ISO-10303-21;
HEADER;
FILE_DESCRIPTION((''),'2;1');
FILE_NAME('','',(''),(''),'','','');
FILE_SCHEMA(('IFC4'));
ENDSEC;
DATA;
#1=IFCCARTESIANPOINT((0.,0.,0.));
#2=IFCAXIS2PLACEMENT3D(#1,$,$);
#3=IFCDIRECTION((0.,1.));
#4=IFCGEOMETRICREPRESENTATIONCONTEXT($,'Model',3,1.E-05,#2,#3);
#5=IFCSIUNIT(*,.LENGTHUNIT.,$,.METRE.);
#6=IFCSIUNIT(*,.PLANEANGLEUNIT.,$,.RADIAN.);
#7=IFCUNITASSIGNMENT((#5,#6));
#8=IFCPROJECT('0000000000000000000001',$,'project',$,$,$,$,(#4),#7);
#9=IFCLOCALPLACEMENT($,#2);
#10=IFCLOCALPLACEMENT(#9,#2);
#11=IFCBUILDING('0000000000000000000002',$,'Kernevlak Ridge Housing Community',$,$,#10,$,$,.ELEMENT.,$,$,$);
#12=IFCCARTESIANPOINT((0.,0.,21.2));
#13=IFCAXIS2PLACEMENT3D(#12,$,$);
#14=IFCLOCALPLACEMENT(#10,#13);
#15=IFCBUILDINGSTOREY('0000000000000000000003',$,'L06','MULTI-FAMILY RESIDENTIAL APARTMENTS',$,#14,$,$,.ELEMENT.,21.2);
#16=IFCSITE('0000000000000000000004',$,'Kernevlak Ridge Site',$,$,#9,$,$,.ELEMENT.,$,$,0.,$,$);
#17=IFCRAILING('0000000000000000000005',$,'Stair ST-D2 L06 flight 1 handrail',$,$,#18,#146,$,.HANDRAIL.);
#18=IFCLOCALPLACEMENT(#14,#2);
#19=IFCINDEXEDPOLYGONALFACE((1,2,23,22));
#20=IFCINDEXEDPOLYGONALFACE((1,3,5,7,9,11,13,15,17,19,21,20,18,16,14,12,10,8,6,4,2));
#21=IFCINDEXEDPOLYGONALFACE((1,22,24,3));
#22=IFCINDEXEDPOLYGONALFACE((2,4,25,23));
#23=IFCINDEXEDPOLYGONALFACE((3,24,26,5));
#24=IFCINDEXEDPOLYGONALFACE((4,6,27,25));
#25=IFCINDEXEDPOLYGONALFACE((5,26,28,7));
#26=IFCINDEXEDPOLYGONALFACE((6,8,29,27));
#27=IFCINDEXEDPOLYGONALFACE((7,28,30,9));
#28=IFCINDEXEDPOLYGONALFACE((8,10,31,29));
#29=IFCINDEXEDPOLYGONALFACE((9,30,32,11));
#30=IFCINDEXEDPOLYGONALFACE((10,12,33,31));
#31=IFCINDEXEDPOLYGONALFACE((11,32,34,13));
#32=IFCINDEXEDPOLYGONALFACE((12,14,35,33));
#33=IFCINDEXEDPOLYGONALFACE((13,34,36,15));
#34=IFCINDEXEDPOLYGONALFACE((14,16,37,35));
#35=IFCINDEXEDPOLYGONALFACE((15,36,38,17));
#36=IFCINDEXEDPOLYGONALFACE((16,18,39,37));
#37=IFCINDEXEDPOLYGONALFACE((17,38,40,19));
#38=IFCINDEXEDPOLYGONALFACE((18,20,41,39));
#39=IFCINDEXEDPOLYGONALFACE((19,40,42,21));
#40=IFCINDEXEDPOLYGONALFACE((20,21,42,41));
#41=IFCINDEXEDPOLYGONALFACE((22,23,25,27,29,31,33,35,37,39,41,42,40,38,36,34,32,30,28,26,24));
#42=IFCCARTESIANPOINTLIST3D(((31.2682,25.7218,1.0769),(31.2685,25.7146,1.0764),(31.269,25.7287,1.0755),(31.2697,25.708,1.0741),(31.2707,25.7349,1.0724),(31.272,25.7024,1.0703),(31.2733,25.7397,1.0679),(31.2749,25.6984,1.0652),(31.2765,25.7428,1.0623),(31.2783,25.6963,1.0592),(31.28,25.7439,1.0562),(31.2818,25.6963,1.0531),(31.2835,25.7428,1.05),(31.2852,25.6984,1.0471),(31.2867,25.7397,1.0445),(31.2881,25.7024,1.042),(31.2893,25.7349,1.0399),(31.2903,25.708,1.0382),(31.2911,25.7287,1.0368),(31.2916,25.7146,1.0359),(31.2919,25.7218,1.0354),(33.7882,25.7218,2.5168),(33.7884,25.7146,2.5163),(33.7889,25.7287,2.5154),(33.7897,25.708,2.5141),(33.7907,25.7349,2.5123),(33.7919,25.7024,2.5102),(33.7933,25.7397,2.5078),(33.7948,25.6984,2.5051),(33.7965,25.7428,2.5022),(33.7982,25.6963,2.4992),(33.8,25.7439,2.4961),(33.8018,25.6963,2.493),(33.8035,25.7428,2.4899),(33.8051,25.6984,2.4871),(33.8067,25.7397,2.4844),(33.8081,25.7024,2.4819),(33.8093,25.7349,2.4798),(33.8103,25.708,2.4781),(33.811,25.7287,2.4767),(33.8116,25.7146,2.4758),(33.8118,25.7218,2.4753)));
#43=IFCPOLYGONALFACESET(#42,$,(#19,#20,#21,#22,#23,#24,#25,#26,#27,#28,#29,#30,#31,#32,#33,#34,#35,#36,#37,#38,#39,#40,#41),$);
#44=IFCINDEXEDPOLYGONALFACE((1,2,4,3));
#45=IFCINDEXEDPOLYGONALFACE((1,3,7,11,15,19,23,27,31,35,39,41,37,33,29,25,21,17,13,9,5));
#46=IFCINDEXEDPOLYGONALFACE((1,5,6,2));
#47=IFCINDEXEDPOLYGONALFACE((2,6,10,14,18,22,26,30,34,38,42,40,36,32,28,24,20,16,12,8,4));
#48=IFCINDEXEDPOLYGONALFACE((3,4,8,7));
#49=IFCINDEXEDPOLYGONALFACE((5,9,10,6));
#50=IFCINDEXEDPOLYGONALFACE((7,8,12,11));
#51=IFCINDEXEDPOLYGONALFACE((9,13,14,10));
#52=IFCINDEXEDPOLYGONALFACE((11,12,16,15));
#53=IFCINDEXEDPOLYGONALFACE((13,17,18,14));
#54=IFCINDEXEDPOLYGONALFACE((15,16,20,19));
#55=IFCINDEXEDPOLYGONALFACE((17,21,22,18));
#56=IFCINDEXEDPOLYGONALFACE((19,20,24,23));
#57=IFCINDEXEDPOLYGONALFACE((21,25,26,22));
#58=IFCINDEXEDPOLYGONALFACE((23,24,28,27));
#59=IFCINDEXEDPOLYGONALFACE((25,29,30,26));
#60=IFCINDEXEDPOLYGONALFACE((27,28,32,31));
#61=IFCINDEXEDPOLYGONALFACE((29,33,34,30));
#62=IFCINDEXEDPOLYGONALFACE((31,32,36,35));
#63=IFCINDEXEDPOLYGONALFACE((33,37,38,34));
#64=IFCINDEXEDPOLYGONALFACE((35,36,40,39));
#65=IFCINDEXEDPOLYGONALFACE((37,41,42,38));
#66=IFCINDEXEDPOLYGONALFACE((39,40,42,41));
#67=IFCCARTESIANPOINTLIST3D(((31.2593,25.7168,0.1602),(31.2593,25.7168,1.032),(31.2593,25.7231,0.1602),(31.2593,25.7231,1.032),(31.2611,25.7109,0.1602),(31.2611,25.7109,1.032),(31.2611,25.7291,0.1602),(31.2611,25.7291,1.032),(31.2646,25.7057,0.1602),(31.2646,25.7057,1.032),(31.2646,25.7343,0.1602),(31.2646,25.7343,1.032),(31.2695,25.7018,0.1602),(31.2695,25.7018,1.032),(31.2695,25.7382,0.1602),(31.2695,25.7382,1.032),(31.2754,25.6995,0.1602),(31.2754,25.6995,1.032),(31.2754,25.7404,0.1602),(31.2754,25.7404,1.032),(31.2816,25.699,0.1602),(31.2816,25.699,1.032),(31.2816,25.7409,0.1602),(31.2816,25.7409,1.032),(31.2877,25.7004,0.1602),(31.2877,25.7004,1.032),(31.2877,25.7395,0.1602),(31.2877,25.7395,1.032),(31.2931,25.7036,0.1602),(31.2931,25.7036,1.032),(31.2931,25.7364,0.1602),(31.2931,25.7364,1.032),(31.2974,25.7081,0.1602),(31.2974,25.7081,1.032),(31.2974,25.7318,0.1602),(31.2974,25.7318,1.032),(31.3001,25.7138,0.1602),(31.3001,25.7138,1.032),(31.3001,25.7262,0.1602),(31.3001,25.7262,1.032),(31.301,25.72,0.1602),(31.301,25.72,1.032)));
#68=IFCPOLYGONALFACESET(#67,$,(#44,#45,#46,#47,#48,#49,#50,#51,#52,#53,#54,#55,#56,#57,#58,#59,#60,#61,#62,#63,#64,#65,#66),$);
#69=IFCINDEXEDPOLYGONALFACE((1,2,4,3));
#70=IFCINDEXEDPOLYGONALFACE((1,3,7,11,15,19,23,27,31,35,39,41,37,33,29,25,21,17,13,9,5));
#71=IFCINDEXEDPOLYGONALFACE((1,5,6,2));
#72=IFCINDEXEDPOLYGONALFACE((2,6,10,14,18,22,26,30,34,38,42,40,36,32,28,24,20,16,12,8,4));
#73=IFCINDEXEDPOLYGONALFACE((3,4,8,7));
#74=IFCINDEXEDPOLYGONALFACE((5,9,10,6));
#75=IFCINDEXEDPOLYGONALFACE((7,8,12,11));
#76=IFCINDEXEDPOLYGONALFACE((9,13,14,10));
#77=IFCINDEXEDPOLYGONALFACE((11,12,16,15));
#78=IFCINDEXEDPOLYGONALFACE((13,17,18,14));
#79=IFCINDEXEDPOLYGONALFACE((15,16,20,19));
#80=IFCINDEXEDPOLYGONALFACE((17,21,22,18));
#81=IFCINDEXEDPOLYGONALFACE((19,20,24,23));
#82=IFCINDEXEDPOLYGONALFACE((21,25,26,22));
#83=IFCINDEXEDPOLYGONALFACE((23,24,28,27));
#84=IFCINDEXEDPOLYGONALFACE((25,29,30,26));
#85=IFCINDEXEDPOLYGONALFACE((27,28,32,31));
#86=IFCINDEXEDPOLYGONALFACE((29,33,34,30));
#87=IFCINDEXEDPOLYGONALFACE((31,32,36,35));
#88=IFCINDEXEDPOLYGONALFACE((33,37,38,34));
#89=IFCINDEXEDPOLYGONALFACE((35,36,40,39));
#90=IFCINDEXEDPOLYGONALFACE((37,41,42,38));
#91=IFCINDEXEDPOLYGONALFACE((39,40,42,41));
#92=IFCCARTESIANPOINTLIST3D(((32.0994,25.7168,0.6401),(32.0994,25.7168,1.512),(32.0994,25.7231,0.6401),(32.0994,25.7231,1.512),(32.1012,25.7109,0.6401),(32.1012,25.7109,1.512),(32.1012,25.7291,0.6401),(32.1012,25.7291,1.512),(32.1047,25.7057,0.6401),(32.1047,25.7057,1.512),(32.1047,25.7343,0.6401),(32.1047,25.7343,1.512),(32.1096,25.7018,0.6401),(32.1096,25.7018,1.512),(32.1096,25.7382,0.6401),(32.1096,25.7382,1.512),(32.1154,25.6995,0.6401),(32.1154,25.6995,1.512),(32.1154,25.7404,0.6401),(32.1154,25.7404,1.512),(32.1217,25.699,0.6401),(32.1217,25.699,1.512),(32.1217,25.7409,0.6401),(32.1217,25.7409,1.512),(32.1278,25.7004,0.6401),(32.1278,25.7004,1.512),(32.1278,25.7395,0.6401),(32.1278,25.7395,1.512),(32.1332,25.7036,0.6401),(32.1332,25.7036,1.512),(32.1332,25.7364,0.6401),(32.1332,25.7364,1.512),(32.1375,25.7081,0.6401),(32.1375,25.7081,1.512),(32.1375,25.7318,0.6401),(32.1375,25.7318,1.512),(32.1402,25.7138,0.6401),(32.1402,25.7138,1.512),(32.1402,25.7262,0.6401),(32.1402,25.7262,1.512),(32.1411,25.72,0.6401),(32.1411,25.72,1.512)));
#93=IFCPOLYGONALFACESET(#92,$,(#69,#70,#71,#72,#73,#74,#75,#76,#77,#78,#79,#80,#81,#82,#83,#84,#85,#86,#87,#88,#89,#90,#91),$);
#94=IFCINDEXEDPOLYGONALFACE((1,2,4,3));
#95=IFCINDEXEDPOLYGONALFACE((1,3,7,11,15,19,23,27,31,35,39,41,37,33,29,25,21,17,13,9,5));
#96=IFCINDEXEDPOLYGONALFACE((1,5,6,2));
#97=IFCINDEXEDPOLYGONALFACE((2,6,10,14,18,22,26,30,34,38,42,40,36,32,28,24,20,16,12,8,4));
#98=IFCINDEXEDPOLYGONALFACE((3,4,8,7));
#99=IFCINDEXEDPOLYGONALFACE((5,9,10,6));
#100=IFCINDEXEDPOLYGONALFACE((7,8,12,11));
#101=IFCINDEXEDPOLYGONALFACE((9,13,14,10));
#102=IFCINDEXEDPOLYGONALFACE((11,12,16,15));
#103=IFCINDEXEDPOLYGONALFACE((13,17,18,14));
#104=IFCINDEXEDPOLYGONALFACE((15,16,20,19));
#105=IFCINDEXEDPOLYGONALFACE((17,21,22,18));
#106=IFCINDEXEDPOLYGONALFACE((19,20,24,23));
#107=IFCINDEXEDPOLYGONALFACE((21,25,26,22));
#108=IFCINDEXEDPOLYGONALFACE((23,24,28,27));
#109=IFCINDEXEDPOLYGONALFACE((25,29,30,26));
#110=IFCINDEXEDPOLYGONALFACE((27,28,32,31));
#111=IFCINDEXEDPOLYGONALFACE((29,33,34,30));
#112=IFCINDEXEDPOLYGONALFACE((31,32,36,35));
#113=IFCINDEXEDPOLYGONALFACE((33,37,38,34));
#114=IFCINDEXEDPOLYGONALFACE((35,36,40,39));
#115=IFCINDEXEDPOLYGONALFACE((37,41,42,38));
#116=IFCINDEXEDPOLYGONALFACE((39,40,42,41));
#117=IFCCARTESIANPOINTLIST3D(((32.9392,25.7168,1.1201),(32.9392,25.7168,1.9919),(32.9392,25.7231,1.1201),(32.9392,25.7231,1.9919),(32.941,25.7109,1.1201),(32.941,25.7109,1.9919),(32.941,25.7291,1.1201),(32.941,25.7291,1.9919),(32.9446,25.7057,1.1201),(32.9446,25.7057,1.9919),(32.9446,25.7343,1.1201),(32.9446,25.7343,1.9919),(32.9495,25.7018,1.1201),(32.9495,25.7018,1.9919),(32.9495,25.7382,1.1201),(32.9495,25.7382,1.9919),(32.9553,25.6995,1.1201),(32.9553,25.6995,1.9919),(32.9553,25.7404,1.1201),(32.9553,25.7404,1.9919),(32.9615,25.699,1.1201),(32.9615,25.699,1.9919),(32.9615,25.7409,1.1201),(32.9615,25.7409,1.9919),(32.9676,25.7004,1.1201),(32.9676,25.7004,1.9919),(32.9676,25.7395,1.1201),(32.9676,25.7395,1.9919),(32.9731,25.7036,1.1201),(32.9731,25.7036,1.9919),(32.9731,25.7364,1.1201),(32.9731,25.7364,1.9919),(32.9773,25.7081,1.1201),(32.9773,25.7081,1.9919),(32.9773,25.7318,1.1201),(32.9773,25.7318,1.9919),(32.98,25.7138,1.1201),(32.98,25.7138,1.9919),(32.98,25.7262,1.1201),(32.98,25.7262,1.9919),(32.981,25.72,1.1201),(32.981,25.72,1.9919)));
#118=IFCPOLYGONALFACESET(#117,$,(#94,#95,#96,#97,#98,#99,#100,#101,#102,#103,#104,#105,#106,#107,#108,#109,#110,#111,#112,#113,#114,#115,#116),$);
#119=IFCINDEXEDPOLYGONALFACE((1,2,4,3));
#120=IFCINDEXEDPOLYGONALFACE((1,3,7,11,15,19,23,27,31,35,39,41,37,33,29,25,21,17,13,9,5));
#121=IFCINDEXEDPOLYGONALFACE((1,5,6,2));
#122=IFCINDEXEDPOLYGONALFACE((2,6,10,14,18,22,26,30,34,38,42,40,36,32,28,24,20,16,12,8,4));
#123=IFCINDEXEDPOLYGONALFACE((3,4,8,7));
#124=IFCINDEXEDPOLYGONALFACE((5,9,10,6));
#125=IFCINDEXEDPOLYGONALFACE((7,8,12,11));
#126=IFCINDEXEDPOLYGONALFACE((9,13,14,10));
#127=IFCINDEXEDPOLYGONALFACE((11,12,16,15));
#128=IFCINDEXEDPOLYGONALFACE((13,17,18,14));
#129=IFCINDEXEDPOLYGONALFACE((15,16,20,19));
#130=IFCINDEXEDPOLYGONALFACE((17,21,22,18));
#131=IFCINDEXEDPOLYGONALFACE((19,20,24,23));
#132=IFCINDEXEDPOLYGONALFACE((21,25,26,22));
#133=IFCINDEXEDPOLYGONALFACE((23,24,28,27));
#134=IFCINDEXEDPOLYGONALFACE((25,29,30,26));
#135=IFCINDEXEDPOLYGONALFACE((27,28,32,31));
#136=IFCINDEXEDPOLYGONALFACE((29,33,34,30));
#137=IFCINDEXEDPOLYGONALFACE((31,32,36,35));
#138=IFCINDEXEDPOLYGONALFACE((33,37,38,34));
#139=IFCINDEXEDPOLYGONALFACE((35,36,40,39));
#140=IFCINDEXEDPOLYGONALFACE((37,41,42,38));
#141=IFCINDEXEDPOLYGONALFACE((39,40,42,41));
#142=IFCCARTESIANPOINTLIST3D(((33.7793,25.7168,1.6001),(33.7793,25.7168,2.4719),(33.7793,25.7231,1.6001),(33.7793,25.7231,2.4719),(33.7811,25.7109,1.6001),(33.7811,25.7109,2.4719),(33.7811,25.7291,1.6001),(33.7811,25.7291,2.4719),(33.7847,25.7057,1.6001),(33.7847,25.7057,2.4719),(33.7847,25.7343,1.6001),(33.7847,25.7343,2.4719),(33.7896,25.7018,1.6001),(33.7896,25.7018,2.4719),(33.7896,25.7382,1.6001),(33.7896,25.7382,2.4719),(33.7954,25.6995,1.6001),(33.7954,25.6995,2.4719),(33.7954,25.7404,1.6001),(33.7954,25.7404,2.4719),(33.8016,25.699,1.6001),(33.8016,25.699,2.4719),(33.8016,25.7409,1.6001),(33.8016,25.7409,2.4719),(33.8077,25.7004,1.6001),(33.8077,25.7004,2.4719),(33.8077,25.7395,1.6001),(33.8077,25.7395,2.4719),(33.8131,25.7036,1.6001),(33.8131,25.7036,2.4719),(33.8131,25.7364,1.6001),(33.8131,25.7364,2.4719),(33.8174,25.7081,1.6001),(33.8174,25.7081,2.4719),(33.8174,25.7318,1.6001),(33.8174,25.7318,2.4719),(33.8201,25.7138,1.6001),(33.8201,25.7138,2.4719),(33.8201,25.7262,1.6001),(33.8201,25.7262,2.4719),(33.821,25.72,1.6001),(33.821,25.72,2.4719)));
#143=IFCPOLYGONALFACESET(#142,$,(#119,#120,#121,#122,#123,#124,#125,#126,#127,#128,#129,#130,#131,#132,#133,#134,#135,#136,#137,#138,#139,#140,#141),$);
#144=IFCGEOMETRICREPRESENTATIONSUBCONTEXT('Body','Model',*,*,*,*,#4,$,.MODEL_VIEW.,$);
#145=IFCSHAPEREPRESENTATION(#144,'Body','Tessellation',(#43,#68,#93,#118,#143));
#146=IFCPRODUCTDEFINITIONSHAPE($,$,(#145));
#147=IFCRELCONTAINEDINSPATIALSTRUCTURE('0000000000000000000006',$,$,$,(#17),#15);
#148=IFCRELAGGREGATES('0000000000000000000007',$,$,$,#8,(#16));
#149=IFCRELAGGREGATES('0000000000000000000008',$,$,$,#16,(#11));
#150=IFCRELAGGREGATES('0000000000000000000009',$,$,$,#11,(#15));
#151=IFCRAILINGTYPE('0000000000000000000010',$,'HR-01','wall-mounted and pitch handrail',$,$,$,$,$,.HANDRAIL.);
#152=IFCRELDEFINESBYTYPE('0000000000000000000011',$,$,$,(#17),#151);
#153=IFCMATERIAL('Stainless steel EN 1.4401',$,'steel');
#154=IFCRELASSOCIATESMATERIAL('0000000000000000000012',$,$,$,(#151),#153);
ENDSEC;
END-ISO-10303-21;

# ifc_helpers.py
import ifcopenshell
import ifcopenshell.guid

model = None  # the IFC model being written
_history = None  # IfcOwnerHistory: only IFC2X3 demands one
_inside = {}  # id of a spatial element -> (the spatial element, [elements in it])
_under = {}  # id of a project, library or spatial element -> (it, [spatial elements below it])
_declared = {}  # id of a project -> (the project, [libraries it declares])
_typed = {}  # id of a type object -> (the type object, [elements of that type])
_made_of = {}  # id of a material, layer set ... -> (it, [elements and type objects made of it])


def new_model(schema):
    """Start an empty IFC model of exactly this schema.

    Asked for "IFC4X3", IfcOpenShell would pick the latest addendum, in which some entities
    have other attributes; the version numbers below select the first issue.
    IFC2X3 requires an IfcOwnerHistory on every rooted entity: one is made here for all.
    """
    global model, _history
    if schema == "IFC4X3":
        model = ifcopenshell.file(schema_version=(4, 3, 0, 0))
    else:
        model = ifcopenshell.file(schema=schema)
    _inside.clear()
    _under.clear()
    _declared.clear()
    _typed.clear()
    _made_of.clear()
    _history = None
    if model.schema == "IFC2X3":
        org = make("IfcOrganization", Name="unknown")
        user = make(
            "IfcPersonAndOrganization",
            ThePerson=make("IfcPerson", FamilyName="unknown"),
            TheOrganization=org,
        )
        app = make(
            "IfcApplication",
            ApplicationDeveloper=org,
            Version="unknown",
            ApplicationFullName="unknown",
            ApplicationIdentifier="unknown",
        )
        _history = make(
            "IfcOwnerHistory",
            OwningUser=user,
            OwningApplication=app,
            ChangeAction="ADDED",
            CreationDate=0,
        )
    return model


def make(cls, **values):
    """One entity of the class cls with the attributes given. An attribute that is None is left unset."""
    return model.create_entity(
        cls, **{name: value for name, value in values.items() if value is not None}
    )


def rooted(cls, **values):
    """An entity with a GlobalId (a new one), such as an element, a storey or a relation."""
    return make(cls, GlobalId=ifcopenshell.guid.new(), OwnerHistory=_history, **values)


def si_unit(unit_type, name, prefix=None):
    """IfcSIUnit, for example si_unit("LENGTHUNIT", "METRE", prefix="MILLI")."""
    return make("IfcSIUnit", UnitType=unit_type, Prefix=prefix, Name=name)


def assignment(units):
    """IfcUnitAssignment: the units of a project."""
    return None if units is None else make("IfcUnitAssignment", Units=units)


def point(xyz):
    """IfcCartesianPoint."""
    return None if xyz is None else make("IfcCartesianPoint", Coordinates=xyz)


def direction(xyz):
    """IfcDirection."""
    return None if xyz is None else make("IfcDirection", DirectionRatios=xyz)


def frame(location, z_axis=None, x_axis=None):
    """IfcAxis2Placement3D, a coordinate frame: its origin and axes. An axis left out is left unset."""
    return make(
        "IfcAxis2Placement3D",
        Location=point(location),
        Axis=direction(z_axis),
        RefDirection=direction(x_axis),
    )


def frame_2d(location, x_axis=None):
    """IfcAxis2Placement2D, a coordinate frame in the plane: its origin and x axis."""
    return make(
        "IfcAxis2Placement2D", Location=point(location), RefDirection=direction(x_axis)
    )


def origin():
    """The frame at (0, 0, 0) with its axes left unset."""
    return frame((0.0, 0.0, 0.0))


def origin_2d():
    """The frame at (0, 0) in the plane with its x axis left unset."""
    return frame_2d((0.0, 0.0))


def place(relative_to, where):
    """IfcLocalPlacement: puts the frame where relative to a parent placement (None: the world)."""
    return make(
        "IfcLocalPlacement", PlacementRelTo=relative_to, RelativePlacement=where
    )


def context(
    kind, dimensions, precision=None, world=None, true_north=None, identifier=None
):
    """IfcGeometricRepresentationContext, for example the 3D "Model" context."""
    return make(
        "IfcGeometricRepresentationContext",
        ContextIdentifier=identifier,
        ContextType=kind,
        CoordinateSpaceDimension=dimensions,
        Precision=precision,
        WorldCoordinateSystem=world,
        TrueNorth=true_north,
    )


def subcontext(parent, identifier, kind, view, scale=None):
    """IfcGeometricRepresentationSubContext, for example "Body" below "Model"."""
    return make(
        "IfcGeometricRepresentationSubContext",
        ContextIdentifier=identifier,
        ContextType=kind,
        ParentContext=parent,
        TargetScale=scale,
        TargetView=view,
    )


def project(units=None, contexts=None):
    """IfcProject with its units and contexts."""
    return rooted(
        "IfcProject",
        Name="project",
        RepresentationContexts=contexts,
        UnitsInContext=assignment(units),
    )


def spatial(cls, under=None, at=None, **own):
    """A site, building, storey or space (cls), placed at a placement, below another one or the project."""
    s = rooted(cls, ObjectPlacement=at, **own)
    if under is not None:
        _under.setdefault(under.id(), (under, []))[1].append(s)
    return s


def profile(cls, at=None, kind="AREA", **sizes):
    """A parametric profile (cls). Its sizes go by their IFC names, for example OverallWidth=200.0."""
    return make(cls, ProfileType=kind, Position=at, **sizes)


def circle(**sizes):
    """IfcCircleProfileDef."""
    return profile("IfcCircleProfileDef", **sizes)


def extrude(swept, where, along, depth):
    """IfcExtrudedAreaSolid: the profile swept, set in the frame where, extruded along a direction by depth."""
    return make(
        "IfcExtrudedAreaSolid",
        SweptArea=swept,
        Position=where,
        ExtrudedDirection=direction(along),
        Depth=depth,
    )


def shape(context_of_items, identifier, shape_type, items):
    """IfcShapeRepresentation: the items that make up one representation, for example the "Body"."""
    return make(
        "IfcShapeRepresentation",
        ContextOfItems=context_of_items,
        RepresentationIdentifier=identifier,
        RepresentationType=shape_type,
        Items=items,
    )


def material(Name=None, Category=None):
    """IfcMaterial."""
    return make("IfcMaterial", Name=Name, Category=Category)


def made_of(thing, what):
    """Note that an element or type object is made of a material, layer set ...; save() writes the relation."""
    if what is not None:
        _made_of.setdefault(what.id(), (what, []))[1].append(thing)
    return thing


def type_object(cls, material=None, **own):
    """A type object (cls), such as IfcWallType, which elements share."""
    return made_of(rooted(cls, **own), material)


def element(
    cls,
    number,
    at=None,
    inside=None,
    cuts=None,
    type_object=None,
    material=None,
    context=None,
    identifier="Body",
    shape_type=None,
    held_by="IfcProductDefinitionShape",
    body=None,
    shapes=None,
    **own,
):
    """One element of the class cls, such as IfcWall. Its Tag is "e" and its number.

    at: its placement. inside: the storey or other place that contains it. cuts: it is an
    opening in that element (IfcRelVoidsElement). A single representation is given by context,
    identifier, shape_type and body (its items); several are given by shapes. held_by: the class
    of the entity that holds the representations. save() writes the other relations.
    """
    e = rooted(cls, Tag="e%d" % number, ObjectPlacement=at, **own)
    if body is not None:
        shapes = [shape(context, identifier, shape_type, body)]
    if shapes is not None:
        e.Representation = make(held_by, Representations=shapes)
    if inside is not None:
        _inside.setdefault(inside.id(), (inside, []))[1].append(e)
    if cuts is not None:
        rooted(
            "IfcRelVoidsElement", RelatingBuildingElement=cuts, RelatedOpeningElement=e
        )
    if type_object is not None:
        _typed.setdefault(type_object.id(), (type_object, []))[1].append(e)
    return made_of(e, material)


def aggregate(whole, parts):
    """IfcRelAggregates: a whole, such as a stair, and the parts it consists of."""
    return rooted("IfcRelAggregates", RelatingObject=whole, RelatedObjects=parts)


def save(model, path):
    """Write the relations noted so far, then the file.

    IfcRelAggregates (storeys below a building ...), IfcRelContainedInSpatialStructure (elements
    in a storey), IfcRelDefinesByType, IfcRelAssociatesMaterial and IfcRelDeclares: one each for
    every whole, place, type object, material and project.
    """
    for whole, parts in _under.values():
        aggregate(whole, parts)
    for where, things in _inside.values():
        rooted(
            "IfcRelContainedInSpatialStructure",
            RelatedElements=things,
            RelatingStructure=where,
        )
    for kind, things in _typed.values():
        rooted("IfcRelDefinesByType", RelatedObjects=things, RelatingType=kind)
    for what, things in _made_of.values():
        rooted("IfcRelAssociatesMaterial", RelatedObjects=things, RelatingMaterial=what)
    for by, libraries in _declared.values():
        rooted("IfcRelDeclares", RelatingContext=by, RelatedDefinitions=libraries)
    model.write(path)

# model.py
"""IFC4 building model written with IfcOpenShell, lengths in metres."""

from ifc_helpers import new_model, si_unit, direction, frame, origin, origin_2d, place, context, subcontext, project, spatial, circle, extrude, material, type_object, element, save


model = new_model("IFC4")

# Units and contexts
model_context = context("Model", 3, precision=1e-05, world=origin(), true_north=direction((0.0, 1.0)))
body_context = subcontext(model_context, "Body", "Model", "MODEL_VIEW")
ifc_project = project(units=[si_unit("LENGTHUNIT", "METRE"), si_unit("PLANEANGLEUNIT", "RADIAN")], contexts=[model_context])

# Site, building, storey
site_placement = place(None, origin())
site = spatial("IfcSite", under=ifc_project, at=site_placement, Name="Kernevlak Ridge Site", CompositionType="ELEMENT", RefElevation=0.0)
building_placement = place(site_placement, origin())
building = spatial("IfcBuilding", under=site, at=building_placement, Name="Kernevlak Ridge Housing Community", CompositionType="ELEMENT")
storey_placement = place(building_placement, frame((0.0, 0.0, 21.2)))
storey = spatial("IfcBuildingStorey", under=building, at=storey_placement, Name="L06", Description="MULTI-FAMILY RESIDENTIAL APARTMENTS", CompositionType="ELEMENT", Elevation=21.2)

# Railing
ifc_material_1 = material(Name="Stainless steel EN 1.4401", Category="steel")
railing_type_1 = type_object("IfcRailingType", Name="HR-01", Description="wall-mounted and pitch handrail", PredefinedType="HANDRAIL", material=ifc_material_1)
railing_1_placement = place(storey_placement, frame((31.28, 25.72, 0.1602)))
element("IfcRailing", 1, at=railing_1_placement, inside=storey, type_object=railing_type_1, Name="Stair ST-D2 L06 flight 1 handrail", PredefinedType="HANDRAIL", context=body_context, shape_type="SweptSolid", body=[
    extrude(circle(Radius=0.0239, at=origin_2d()), frame((0.0, 0.0, 0.896), z_axis=(0.868253, 0.0, 0.496121), x_axis=(0.0, 1.0, 0.0)), (0.0, 0.0, 1.0), 2.9023),
    extrude(circle(Radius=0.021, at=origin_2d()), origin(), (0.0, 0.0, 1.0), 0.8718),
    extrude(circle(Radius=0.021, at=origin_2d()), frame((0.8401, 0.0, 0.48)), (0.0, 0.0, 1.0), 0.8718),
    extrude(circle(Radius=0.021, at=origin_2d()), frame((1.6799, 0.0, 0.96)), (0.0, 0.0, 1.0), 0.8718),
    extrude(circle(Radius=0.021, at=origin_2d()), frame((2.52, 0.0, 1.4399)), (0.0, 0.0, 1.0), 0.8718),
])

save(model, "model.ifc")
